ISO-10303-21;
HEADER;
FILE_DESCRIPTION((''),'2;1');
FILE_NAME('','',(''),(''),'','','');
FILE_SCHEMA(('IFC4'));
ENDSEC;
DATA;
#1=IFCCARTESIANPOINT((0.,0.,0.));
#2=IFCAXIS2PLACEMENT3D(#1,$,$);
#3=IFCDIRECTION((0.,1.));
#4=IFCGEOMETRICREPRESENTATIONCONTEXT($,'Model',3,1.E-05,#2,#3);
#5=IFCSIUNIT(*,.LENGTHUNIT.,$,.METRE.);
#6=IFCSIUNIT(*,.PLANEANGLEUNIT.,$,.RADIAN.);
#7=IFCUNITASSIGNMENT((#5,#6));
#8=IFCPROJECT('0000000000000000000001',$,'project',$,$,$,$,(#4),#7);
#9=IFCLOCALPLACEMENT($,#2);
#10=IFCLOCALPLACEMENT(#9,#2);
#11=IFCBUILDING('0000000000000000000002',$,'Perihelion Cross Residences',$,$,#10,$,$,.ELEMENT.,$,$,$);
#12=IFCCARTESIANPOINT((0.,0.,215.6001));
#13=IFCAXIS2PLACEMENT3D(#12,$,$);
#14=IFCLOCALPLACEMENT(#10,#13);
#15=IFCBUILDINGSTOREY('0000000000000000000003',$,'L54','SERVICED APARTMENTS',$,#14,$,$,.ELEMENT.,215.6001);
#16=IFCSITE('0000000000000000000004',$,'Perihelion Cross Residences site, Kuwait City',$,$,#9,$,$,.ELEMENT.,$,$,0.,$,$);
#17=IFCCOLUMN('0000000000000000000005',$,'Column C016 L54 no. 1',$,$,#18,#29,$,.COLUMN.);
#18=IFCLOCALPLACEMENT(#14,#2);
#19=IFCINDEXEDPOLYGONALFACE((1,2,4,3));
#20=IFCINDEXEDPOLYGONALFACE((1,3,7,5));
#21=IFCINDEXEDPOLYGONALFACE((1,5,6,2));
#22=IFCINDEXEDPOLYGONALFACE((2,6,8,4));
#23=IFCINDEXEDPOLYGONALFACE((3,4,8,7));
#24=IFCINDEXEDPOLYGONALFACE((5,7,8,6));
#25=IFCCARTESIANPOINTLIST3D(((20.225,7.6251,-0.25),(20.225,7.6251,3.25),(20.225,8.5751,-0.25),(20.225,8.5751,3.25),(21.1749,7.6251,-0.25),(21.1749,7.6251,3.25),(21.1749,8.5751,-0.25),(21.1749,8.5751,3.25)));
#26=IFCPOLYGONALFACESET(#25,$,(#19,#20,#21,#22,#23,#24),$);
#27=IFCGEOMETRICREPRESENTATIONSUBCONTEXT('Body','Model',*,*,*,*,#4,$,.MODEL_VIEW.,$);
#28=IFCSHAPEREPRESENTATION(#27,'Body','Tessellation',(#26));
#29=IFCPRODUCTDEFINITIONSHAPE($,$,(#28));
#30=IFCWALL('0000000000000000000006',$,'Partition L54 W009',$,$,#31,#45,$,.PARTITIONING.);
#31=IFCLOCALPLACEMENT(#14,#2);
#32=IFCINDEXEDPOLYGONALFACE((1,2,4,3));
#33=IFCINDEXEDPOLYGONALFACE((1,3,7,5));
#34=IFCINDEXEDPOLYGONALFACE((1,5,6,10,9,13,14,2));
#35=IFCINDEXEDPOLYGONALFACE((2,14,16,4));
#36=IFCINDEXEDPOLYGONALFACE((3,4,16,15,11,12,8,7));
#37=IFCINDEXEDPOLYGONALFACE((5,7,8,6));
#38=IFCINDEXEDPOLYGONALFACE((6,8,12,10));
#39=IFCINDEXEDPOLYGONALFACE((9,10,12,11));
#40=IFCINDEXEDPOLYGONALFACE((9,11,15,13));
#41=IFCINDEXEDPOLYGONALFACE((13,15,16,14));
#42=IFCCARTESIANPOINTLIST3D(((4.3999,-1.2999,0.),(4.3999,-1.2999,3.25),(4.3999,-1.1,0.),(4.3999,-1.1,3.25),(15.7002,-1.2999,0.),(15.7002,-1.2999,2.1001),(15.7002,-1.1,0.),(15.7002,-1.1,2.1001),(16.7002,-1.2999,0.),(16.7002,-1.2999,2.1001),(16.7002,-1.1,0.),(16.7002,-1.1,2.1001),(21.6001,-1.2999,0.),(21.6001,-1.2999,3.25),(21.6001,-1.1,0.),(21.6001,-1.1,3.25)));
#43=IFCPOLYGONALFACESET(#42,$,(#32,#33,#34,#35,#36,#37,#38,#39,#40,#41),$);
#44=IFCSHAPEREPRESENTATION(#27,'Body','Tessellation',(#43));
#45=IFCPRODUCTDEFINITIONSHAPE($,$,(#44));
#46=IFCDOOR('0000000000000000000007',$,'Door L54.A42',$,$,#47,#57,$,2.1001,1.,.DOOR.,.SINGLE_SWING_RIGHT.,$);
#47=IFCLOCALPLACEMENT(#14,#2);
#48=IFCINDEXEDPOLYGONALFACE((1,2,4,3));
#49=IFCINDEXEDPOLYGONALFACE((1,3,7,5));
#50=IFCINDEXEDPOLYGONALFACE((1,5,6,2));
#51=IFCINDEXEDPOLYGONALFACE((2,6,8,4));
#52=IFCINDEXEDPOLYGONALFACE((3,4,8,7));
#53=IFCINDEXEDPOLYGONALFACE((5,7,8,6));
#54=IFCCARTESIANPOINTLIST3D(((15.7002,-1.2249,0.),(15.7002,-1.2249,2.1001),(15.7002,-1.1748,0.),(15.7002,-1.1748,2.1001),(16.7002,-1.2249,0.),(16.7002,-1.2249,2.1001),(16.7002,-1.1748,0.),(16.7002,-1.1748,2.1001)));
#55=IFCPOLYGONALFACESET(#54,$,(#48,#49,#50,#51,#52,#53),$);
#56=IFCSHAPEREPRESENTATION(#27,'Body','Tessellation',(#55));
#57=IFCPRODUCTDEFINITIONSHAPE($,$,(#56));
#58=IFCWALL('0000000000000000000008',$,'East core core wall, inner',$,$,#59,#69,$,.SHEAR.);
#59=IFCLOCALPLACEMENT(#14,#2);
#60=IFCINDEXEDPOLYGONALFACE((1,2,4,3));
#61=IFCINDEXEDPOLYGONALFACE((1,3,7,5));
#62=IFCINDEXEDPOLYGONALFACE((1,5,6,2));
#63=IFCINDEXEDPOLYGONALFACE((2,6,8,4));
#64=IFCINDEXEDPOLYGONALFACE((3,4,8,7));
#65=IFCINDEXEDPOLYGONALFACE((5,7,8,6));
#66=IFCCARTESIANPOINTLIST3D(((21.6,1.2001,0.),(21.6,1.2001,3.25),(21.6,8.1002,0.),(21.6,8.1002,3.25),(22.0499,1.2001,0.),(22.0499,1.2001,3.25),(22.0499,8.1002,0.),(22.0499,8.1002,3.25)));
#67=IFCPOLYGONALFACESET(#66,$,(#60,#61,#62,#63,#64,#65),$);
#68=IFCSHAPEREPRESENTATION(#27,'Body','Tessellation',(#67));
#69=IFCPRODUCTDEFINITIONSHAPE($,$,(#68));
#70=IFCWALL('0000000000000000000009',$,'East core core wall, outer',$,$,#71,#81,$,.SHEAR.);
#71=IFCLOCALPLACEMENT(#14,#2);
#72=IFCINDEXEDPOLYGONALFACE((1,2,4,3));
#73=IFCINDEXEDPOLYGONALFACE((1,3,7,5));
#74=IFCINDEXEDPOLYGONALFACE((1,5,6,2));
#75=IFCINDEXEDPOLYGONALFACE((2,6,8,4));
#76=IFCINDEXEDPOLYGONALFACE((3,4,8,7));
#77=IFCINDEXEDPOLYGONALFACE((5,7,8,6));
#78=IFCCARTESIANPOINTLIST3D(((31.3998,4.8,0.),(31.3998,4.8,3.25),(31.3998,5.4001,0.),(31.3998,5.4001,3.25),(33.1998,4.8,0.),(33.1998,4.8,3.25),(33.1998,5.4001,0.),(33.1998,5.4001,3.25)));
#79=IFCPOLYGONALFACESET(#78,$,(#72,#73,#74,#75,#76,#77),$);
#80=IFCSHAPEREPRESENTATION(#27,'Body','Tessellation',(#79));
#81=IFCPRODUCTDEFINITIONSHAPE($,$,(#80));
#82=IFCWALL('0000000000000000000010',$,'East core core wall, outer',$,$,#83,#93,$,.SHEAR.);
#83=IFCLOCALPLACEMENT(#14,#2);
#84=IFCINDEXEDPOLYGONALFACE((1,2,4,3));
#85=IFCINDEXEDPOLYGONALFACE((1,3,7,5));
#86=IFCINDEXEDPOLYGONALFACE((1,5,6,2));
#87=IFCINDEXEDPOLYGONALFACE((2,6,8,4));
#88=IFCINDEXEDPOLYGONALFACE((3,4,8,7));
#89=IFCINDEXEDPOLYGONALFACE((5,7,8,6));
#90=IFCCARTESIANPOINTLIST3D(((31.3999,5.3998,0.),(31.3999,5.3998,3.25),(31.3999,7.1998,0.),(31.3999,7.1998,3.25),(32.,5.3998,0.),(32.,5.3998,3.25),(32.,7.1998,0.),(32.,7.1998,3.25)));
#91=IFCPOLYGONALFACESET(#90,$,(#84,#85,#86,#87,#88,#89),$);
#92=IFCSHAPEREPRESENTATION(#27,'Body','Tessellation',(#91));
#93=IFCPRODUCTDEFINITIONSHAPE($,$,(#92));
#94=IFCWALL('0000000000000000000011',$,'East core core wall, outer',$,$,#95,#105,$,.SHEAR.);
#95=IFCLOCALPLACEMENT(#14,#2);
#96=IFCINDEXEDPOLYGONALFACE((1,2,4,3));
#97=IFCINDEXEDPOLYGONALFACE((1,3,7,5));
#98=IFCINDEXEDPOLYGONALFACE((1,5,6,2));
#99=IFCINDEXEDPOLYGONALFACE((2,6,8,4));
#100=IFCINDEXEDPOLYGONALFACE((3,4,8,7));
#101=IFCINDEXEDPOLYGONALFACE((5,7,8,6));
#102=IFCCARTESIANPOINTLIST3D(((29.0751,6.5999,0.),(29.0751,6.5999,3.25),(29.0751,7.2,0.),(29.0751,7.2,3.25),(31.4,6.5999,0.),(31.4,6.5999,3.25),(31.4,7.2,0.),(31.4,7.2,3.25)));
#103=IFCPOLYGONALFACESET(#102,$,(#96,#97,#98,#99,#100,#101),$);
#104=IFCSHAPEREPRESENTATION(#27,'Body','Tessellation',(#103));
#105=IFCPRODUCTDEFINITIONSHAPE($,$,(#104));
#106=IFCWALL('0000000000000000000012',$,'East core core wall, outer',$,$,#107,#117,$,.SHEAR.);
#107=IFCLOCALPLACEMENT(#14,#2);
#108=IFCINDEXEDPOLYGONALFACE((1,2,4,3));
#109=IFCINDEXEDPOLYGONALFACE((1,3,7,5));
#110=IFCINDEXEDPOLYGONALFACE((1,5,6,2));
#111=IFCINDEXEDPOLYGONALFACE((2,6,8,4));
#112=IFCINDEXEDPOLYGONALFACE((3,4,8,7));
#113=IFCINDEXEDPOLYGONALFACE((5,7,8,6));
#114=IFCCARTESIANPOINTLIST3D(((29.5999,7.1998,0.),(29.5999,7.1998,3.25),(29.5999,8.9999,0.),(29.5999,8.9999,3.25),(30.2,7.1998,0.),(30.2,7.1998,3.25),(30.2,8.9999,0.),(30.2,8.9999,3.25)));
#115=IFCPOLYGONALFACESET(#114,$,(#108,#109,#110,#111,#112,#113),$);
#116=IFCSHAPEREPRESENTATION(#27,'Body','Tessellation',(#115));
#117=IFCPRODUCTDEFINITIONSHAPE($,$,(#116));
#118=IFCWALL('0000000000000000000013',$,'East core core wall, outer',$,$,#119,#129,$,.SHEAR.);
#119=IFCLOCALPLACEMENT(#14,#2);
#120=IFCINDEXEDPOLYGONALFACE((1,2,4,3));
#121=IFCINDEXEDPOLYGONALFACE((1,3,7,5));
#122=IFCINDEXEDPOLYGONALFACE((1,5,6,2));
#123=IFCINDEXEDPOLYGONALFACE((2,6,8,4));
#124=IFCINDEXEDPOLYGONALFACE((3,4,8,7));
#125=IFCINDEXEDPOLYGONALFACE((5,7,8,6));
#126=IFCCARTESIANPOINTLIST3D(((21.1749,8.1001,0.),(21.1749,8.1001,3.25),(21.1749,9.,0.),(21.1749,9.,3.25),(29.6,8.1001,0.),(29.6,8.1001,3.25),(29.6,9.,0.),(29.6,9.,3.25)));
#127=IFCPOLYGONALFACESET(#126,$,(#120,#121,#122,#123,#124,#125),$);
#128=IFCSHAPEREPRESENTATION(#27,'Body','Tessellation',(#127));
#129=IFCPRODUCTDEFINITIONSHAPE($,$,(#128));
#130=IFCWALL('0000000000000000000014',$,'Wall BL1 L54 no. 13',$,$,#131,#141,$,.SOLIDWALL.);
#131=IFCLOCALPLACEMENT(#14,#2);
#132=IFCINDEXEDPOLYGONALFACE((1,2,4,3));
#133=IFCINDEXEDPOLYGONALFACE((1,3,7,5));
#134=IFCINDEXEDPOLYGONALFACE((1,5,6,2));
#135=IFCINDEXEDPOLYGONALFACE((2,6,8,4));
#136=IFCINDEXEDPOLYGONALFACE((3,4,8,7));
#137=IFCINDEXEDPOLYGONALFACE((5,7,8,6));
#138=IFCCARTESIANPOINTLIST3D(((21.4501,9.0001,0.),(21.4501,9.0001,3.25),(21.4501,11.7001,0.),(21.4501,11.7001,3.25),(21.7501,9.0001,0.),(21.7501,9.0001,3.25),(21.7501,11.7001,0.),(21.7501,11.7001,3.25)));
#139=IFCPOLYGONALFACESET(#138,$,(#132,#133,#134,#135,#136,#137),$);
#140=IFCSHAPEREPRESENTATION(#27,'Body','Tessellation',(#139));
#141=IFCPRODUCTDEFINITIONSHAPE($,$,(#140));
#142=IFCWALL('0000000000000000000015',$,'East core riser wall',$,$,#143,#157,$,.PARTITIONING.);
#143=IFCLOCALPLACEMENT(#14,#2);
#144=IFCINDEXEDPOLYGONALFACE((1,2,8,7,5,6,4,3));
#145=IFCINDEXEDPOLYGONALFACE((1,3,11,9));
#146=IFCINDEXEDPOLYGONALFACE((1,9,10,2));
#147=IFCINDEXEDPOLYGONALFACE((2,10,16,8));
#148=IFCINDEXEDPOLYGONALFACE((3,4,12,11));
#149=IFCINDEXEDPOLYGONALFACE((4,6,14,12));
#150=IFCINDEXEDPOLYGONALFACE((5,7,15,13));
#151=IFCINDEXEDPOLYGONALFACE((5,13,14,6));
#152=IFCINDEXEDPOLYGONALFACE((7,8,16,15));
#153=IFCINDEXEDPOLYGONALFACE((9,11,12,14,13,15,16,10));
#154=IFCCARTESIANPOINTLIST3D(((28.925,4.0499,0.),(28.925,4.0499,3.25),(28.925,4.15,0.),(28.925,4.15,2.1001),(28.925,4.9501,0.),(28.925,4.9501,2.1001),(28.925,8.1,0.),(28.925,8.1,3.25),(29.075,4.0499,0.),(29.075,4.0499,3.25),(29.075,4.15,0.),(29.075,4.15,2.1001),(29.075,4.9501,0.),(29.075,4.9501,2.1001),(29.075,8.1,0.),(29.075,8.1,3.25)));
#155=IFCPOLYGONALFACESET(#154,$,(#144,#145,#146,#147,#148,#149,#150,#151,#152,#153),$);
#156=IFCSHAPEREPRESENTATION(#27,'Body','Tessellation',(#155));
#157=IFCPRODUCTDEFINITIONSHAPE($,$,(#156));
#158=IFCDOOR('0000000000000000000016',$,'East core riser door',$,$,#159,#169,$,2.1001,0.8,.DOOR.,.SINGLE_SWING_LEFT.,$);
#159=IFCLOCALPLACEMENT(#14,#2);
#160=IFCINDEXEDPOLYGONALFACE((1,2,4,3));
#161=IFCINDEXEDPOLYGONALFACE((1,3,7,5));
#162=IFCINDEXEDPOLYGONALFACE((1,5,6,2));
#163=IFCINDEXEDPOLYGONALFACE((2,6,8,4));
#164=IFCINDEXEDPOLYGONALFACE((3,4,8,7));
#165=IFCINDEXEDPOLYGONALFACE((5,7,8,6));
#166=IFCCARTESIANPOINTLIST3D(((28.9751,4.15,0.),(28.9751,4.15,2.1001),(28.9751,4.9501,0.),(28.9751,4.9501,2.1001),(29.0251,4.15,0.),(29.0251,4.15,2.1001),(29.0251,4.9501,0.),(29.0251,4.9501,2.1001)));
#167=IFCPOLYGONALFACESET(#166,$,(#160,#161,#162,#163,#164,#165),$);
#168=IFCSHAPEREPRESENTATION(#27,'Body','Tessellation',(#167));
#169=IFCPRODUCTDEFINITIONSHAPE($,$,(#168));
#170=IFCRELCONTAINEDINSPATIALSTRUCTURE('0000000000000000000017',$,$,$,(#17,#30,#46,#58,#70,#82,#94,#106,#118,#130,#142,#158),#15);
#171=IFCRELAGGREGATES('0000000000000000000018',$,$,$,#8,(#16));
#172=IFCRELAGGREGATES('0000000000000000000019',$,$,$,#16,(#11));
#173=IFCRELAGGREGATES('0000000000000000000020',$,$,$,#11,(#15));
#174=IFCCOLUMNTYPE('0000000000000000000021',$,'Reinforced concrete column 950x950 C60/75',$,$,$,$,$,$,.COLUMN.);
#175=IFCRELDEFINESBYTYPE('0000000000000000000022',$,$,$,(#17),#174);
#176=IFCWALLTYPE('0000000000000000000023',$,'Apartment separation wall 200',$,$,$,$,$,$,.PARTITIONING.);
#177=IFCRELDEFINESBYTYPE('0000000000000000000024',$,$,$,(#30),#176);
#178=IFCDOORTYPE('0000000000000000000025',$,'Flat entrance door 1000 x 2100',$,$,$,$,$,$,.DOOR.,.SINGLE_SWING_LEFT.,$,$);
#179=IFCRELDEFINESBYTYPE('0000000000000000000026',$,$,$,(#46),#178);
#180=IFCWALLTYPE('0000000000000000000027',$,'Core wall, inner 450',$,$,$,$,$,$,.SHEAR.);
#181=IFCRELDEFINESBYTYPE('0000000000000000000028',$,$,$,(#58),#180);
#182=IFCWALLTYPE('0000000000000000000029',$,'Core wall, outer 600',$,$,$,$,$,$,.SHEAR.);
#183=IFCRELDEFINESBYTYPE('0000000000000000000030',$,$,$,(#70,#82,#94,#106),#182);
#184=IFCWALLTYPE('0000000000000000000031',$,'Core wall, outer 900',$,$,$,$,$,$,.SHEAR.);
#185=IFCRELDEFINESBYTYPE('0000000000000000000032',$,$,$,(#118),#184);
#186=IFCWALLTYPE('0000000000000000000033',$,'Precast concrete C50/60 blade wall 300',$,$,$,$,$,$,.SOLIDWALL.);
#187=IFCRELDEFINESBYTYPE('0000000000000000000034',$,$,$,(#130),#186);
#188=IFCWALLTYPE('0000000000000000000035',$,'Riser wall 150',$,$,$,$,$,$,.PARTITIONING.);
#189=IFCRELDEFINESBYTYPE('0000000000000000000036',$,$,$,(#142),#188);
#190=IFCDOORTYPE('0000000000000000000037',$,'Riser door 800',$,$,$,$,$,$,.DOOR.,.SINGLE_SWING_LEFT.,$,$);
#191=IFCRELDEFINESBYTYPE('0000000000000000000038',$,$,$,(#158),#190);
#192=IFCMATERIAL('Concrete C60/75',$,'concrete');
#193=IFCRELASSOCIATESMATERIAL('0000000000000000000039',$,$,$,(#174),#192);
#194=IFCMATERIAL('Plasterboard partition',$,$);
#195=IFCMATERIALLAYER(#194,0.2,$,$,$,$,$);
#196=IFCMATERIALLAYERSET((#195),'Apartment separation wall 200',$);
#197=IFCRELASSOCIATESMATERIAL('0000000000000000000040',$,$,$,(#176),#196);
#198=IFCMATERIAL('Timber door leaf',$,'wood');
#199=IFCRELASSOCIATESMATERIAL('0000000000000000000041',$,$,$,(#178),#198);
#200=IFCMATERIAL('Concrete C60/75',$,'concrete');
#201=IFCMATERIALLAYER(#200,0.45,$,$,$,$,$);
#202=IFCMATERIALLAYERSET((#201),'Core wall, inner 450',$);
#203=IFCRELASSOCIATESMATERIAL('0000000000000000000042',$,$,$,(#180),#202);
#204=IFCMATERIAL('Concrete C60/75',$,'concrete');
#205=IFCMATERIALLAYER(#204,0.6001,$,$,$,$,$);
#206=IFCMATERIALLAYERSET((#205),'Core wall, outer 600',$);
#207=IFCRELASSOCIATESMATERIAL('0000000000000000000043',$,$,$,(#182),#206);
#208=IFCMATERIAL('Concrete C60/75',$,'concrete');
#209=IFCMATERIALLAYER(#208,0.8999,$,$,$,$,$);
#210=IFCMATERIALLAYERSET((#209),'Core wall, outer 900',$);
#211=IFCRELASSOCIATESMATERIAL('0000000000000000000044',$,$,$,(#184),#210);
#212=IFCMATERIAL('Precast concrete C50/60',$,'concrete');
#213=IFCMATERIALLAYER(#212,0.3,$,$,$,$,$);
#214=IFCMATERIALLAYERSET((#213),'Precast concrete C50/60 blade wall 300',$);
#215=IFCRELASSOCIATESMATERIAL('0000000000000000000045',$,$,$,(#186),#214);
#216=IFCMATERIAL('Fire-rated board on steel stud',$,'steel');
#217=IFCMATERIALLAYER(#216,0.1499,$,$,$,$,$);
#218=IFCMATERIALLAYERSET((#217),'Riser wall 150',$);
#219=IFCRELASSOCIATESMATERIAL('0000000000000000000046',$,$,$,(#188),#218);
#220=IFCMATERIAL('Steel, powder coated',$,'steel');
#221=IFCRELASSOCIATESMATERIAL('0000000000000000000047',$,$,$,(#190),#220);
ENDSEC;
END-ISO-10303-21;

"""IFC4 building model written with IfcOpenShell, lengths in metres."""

from ifc_helpers import new_model, si_unit, direction, frame, frame_2d, origin, origin_2d, place, context, subcontext, project, spatial, rectangle, extrude, material, layer, layer_set, material_profile, profile_set, type_object, element, fill, save


model = new_model("IFC4")

# Units and contexts
model_context = context("Model", 3, precision=1e-05, world=origin(), true_north=direction((0.0, 1.0)))
body_context = subcontext(model_context, "Body", "Model", "MODEL_VIEW")
ifc_project = project(units=[si_unit("LENGTHUNIT", "METRE"), si_unit("PLANEANGLEUNIT", "RADIAN")], contexts=[model_context])

# Site, building, storey
site_placement = place(None, origin())
site = spatial("IfcSite", under=ifc_project, at=site_placement, Name="Perihelion Cross Residences site, Kuwait City", CompositionType="ELEMENT", RefElevation=0.0)
building_placement = place(site_placement, origin())
building = spatial("IfcBuilding", under=site, at=building_placement, Name="Perihelion Cross Residences", CompositionType="ELEMENT")
storey_placement = place(building_placement, frame((0.0, 0.0, 215.6001)))
storey = spatial("IfcBuildingStorey", under=building, at=storey_placement, Name="L54", Description="SERVICED APARTMENTS", CompositionType="ELEMENT", Elevation=215.6001)

# Column
ifc_material_1 = material(Name="Concrete C60/75", Category="concrete")
ifc_material_profile = material_profile(ifc_material_1, rectangle(XDim=0.95, YDim=0.95, at=origin_2d()), Name="RC 950x950")
ifc_profile_set = profile_set([ifc_material_profile], Name="Concrete C60/75")
column_type = type_object("IfcColumnType", Name="Reinforced concrete column 950x950 C60/75", PredefinedType="COLUMN", material=ifc_profile_set)
column_placement = place(storey_placement, frame((20.7, 8.1001, -0.25), z_axis=(0.0, 0.0, 1.0), x_axis=(1.0, 0.0, 0.0)))
element("IfcColumn", 1, at=column_placement, inside=storey, type_object=column_type, Name="Column C016 L54 no. 1", PredefinedType="COLUMN", context=body_context, shape_type="SweptSolid", body=[
    extrude(rectangle(XDim=0.95, YDim=0.95, at=origin_2d()), origin(), (0.0, 0.0, 1.0), 3.5),
])

# Wall, opening, door
ifc_material_2 = material(Name="Plasterboard partition")
ifc_layer_1 = layer(ifc_material_2, 0.2)
ifc_layer_set_1 = layer_set([ifc_layer_1], Name="Apartment separation wall 200")
wall_type_1 = type_object("IfcWallType", Name="Apartment separation wall 200", PredefinedType="PARTITIONING", material=ifc_layer_set_1)
wall_1_placement = place(storey_placement, frame((21.6001, -1.2, 0.0), z_axis=(0.0, 0.0, 1.0), x_axis=(-1.0, 0.0, 0.0)))
wall_1 = element("IfcWall", 2, at=wall_1_placement, inside=storey, type_object=wall_type_1, Name="Partition L54 W009", PredefinedType="PARTITIONING", context=body_context, shape_type="SweptSolid", body=[
    extrude(rectangle(XDim=17.2002, YDim=0.2, at=frame_2d((8.6001, 0.0))), origin(), (0.0, 0.0, 1.0), 3.25),
])
opening_1_placement = place(wall_1_placement, frame((4.8999, 0.0, 0.0)))
opening_1 = element("IfcOpeningElement", 3, at=opening_1_placement, cuts=wall_1, PredefinedType="OPENING", context=body_context, shape_type="SweptSolid", body=[
    extrude(rectangle(XDim=1.0, YDim=2.1001, at=frame_2d((0.5, 1.05))), frame((0.0, 0.1099, 0.0), z_axis=(0.0, -1.0, 0.0), x_axis=(1.0, 0.0, 0.0)), (0.0, 0.0, 1.0), 0.22),
])
ifc_material_3 = material(Name="Timber door leaf", Category="wood")
door_type_1 = type_object("IfcDoorType", Name="Flat entrance door 1000 x 2100", OperationType="SINGLE_SWING_LEFT", PredefinedType="DOOR", material=ifc_material_3)
door_1_placement = place(opening_1_placement, origin())
door_1 = element("IfcDoor", 4, at=door_1_placement, inside=storey, type_object=door_type_1, Name="Door L54.A42", OperationType="SINGLE_SWING_RIGHT", OverallHeight=2.1001, OverallWidth=1.0, PredefinedType="DOOR", context=body_context, shape_type="SweptSolid", body=[
    extrude(rectangle(XDim=1.0, YDim=2.1001, at=frame_2d((0.5, 1.05))), frame((0.0, 0.0249, 0.0), z_axis=(0.0, -1.0, 0.0), x_axis=(1.0, 0.0, 0.0)), (0.0, 0.0, 1.0), 0.05),
])
fill(opening_1, door_1)

# Walls
ifc_material_4 = material(Name="Concrete C60/75", Category="concrete")
ifc_layer_2 = layer(ifc_material_4, 0.45)
ifc_layer_set_2 = layer_set([ifc_layer_2], Name="Core wall, inner 450")
wall_type_2 = type_object("IfcWallType", Name="Core wall, inner 450", PredefinedType="SHEAR", material=ifc_layer_set_2)
wall_2_placement = place(storey_placement, frame((21.825, 1.2, 0.0), z_axis=(0.0, 0.0, 1.0), x_axis=(0.0, 1.0, 0.0)))
element("IfcWall", 5, at=wall_2_placement, inside=storey, type_object=wall_type_2, Name="East core core wall, inner", PredefinedType="SHEAR", context=body_context, shape_type="SweptSolid", body=[
    extrude(rectangle(XDim=6.9001, YDim=0.45, at=frame_2d((3.4502, 0.0))), origin(), (0.0, 0.0, 1.0), 3.25),
])
ifc_material_5 = material(Name="Concrete C60/75", Category="concrete")
ifc_layer_3 = layer(ifc_material_5, 0.6001)
ifc_layer_set_3 = layer_set([ifc_layer_3], Name="Core wall, outer 600")
wall_type_3 = type_object("IfcWallType", Name="Core wall, outer 600", PredefinedType="SHEAR", material=ifc_layer_set_3)
for number, where, z_axis, x_axis, name in (
    (6, (31.3999, 5.1001, 0.0), (0.0, 0.0, 1.0), (1.0, 0.0, 0.0), "East core core wall, outer"),
    (7, (31.7, 5.3999, 0.0), (0.0, 0.0, 1.0), (0.0, 1.0, 0.0), "East core core wall, outer"),
):
    element("IfcWall", number, at=place(storey_placement, frame(where, z_axis=z_axis, x_axis=x_axis)), inside=storey, type_object=wall_type_3, Name=name, PredefinedType="SHEAR", context=body_context, shape_type="SweptSolid", body=[
        extrude(rectangle(XDim=1.8, YDim=0.6001, at=frame_2d((0.8999, 0.0))), origin(), (0.0, 0.0, 1.0), 3.25),
    ])
wall_3_placement = place(storey_placement, frame((29.075, 6.8999, 0.0), z_axis=(0.0, 0.0, 1.0), x_axis=(1.0, 0.0, 0.0)))
element("IfcWall", 8, at=wall_3_placement, inside=storey, type_object=wall_type_3, Name="East core core wall, outer", PredefinedType="SHEAR", context=body_context, shape_type="SweptSolid", body=[
    extrude(rectangle(XDim=2.325, YDim=0.6001, at=frame_2d((1.1626, 0.0))), origin(), (0.0, 0.0, 1.0), 3.25),
])
wall_4_placement = place(storey_placement, frame((29.8999, 7.2, 0.0), z_axis=(0.0, 0.0, 1.0), x_axis=(0.0, 1.0, 0.0)))
element("IfcWall", 9, at=wall_4_placement, inside=storey, type_object=wall_type_3, Name="East core core wall, outer", PredefinedType="SHEAR", context=body_context, shape_type="SweptSolid", body=[
    extrude(rectangle(XDim=1.8, YDim=0.6001, at=frame_2d((0.8999, 0.0))), origin(), (0.0, 0.0, 1.0), 3.25),
])
ifc_material_6 = material(Name="Concrete C60/75", Category="concrete")
ifc_layer_4 = layer(ifc_material_6, 0.8999)
ifc_layer_set_4 = layer_set([ifc_layer_4], Name="Core wall, outer 900")
wall_type_4 = type_object("IfcWallType", Name="Core wall, outer 900", PredefinedType="SHEAR", material=ifc_layer_set_4)
wall_5_placement = place(storey_placement, frame((21.175, 8.55, 0.0), z_axis=(0.0, 0.0, 1.0), x_axis=(1.0, 0.0, 0.0)))
element("IfcWall", 10, at=wall_5_placement, inside=storey, type_object=wall_type_4, Name="East core core wall, outer", PredefinedType="SHEAR", context=body_context, shape_type="SweptSolid", body=[
    extrude(rectangle(XDim=8.425, YDim=0.8999, at=frame_2d((4.2124, 0.0))), origin(), (0.0, 0.0, 1.0), 3.25),
])
ifc_material_7 = material(Name="Precast concrete C50/60", Category="concrete")
ifc_layer_5 = layer(ifc_material_7, 0.3)
ifc_layer_set_5 = layer_set([ifc_layer_5], Name="Precast concrete C50/60 blade wall 300")
wall_type_5 = type_object("IfcWallType", Name="Precast concrete C50/60 blade wall 300", PredefinedType="SOLIDWALL", material=ifc_layer_set_5)
wall_6_placement = place(storey_placement, frame((21.6001, 9.0, 0.0), z_axis=(0.0, 0.0, 1.0), x_axis=(0.0, 1.0, 0.0)))
element("IfcWall", 11, at=wall_6_placement, inside=storey, type_object=wall_type_5, Name="Wall BL1 L54 no. 13", PredefinedType="SOLIDWALL", context=body_context, shape_type="SweptSolid", body=[
    extrude(rectangle(XDim=2.7, YDim=0.3, at=frame_2d((1.3501, 0.0))), origin(), (0.0, 0.0, 1.0), 3.25),
])

# Wall, opening, door
ifc_material_8 = material(Name="Fire-rated board on steel stud", Category="steel")
ifc_layer_6 = layer(ifc_material_8, 0.1499)
ifc_layer_set_6 = layer_set([ifc_layer_6], Name="Riser wall 150")
wall_type_6 = type_object("IfcWallType", Name="Riser wall 150", PredefinedType="PARTITIONING", material=ifc_layer_set_6)
wall_7_placement = place(storey_placement, frame((29.0, 4.05, 0.0), z_axis=(0.0, 0.0, 1.0), x_axis=(0.0, 1.0, 0.0)))
wall_7 = element("IfcWall", 12, at=wall_7_placement, inside=storey, type_object=wall_type_6, Name="East core riser wall", PredefinedType="PARTITIONING", context=body_context, shape_type="SweptSolid", body=[
    extrude(rectangle(XDim=4.05, YDim=0.1499, at=frame_2d((2.0249, 0.0))), origin(), (0.0, 0.0, 1.0), 3.25),
])
opening_2_placement = place(wall_7_placement, frame((0.1001, 0.0, 0.0)))
opening_2 = element("IfcOpeningElement", 13, at=opening_2_placement, cuts=wall_7, PredefinedType="OPENING", context=body_context, shape_type="SweptSolid", body=[
    extrude(rectangle(XDim=0.8, YDim=2.1001, at=frame_2d((0.3999, 1.05))), frame((0.0, 0.085, 0.0), z_axis=(0.0, -1.0, 0.0), x_axis=(1.0, 0.0, 0.0)), (0.0, 0.0, 1.0), 0.1699),
])
ifc_material_9 = material(Name="Steel, powder coated", Category="steel")
door_type_2 = type_object("IfcDoorType", Name="Riser door 800", OperationType="SINGLE_SWING_LEFT", PredefinedType="DOOR", material=ifc_material_9)
door_2_placement = place(opening_2_placement, origin())
door_2 = element("IfcDoor", 14, at=door_2_placement, inside=storey, type_object=door_type_2, Name="East core riser door", OperationType="SINGLE_SWING_LEFT", OverallHeight=2.1001, OverallWidth=0.8, PredefinedType="DOOR", context=body_context, shape_type="SweptSolid", body=[
    extrude(rectangle(XDim=0.8, YDim=2.1001, at=frame_2d((0.3999, 1.05))), frame((0.0, 0.0249, 0.0), z_axis=(0.0, -1.0, 0.0), x_axis=(1.0, 0.0, 0.0)), (0.0, 0.0, 1.0), 0.05),
])
fill(opening_2, door_2)

save(model, "model.ifc")
